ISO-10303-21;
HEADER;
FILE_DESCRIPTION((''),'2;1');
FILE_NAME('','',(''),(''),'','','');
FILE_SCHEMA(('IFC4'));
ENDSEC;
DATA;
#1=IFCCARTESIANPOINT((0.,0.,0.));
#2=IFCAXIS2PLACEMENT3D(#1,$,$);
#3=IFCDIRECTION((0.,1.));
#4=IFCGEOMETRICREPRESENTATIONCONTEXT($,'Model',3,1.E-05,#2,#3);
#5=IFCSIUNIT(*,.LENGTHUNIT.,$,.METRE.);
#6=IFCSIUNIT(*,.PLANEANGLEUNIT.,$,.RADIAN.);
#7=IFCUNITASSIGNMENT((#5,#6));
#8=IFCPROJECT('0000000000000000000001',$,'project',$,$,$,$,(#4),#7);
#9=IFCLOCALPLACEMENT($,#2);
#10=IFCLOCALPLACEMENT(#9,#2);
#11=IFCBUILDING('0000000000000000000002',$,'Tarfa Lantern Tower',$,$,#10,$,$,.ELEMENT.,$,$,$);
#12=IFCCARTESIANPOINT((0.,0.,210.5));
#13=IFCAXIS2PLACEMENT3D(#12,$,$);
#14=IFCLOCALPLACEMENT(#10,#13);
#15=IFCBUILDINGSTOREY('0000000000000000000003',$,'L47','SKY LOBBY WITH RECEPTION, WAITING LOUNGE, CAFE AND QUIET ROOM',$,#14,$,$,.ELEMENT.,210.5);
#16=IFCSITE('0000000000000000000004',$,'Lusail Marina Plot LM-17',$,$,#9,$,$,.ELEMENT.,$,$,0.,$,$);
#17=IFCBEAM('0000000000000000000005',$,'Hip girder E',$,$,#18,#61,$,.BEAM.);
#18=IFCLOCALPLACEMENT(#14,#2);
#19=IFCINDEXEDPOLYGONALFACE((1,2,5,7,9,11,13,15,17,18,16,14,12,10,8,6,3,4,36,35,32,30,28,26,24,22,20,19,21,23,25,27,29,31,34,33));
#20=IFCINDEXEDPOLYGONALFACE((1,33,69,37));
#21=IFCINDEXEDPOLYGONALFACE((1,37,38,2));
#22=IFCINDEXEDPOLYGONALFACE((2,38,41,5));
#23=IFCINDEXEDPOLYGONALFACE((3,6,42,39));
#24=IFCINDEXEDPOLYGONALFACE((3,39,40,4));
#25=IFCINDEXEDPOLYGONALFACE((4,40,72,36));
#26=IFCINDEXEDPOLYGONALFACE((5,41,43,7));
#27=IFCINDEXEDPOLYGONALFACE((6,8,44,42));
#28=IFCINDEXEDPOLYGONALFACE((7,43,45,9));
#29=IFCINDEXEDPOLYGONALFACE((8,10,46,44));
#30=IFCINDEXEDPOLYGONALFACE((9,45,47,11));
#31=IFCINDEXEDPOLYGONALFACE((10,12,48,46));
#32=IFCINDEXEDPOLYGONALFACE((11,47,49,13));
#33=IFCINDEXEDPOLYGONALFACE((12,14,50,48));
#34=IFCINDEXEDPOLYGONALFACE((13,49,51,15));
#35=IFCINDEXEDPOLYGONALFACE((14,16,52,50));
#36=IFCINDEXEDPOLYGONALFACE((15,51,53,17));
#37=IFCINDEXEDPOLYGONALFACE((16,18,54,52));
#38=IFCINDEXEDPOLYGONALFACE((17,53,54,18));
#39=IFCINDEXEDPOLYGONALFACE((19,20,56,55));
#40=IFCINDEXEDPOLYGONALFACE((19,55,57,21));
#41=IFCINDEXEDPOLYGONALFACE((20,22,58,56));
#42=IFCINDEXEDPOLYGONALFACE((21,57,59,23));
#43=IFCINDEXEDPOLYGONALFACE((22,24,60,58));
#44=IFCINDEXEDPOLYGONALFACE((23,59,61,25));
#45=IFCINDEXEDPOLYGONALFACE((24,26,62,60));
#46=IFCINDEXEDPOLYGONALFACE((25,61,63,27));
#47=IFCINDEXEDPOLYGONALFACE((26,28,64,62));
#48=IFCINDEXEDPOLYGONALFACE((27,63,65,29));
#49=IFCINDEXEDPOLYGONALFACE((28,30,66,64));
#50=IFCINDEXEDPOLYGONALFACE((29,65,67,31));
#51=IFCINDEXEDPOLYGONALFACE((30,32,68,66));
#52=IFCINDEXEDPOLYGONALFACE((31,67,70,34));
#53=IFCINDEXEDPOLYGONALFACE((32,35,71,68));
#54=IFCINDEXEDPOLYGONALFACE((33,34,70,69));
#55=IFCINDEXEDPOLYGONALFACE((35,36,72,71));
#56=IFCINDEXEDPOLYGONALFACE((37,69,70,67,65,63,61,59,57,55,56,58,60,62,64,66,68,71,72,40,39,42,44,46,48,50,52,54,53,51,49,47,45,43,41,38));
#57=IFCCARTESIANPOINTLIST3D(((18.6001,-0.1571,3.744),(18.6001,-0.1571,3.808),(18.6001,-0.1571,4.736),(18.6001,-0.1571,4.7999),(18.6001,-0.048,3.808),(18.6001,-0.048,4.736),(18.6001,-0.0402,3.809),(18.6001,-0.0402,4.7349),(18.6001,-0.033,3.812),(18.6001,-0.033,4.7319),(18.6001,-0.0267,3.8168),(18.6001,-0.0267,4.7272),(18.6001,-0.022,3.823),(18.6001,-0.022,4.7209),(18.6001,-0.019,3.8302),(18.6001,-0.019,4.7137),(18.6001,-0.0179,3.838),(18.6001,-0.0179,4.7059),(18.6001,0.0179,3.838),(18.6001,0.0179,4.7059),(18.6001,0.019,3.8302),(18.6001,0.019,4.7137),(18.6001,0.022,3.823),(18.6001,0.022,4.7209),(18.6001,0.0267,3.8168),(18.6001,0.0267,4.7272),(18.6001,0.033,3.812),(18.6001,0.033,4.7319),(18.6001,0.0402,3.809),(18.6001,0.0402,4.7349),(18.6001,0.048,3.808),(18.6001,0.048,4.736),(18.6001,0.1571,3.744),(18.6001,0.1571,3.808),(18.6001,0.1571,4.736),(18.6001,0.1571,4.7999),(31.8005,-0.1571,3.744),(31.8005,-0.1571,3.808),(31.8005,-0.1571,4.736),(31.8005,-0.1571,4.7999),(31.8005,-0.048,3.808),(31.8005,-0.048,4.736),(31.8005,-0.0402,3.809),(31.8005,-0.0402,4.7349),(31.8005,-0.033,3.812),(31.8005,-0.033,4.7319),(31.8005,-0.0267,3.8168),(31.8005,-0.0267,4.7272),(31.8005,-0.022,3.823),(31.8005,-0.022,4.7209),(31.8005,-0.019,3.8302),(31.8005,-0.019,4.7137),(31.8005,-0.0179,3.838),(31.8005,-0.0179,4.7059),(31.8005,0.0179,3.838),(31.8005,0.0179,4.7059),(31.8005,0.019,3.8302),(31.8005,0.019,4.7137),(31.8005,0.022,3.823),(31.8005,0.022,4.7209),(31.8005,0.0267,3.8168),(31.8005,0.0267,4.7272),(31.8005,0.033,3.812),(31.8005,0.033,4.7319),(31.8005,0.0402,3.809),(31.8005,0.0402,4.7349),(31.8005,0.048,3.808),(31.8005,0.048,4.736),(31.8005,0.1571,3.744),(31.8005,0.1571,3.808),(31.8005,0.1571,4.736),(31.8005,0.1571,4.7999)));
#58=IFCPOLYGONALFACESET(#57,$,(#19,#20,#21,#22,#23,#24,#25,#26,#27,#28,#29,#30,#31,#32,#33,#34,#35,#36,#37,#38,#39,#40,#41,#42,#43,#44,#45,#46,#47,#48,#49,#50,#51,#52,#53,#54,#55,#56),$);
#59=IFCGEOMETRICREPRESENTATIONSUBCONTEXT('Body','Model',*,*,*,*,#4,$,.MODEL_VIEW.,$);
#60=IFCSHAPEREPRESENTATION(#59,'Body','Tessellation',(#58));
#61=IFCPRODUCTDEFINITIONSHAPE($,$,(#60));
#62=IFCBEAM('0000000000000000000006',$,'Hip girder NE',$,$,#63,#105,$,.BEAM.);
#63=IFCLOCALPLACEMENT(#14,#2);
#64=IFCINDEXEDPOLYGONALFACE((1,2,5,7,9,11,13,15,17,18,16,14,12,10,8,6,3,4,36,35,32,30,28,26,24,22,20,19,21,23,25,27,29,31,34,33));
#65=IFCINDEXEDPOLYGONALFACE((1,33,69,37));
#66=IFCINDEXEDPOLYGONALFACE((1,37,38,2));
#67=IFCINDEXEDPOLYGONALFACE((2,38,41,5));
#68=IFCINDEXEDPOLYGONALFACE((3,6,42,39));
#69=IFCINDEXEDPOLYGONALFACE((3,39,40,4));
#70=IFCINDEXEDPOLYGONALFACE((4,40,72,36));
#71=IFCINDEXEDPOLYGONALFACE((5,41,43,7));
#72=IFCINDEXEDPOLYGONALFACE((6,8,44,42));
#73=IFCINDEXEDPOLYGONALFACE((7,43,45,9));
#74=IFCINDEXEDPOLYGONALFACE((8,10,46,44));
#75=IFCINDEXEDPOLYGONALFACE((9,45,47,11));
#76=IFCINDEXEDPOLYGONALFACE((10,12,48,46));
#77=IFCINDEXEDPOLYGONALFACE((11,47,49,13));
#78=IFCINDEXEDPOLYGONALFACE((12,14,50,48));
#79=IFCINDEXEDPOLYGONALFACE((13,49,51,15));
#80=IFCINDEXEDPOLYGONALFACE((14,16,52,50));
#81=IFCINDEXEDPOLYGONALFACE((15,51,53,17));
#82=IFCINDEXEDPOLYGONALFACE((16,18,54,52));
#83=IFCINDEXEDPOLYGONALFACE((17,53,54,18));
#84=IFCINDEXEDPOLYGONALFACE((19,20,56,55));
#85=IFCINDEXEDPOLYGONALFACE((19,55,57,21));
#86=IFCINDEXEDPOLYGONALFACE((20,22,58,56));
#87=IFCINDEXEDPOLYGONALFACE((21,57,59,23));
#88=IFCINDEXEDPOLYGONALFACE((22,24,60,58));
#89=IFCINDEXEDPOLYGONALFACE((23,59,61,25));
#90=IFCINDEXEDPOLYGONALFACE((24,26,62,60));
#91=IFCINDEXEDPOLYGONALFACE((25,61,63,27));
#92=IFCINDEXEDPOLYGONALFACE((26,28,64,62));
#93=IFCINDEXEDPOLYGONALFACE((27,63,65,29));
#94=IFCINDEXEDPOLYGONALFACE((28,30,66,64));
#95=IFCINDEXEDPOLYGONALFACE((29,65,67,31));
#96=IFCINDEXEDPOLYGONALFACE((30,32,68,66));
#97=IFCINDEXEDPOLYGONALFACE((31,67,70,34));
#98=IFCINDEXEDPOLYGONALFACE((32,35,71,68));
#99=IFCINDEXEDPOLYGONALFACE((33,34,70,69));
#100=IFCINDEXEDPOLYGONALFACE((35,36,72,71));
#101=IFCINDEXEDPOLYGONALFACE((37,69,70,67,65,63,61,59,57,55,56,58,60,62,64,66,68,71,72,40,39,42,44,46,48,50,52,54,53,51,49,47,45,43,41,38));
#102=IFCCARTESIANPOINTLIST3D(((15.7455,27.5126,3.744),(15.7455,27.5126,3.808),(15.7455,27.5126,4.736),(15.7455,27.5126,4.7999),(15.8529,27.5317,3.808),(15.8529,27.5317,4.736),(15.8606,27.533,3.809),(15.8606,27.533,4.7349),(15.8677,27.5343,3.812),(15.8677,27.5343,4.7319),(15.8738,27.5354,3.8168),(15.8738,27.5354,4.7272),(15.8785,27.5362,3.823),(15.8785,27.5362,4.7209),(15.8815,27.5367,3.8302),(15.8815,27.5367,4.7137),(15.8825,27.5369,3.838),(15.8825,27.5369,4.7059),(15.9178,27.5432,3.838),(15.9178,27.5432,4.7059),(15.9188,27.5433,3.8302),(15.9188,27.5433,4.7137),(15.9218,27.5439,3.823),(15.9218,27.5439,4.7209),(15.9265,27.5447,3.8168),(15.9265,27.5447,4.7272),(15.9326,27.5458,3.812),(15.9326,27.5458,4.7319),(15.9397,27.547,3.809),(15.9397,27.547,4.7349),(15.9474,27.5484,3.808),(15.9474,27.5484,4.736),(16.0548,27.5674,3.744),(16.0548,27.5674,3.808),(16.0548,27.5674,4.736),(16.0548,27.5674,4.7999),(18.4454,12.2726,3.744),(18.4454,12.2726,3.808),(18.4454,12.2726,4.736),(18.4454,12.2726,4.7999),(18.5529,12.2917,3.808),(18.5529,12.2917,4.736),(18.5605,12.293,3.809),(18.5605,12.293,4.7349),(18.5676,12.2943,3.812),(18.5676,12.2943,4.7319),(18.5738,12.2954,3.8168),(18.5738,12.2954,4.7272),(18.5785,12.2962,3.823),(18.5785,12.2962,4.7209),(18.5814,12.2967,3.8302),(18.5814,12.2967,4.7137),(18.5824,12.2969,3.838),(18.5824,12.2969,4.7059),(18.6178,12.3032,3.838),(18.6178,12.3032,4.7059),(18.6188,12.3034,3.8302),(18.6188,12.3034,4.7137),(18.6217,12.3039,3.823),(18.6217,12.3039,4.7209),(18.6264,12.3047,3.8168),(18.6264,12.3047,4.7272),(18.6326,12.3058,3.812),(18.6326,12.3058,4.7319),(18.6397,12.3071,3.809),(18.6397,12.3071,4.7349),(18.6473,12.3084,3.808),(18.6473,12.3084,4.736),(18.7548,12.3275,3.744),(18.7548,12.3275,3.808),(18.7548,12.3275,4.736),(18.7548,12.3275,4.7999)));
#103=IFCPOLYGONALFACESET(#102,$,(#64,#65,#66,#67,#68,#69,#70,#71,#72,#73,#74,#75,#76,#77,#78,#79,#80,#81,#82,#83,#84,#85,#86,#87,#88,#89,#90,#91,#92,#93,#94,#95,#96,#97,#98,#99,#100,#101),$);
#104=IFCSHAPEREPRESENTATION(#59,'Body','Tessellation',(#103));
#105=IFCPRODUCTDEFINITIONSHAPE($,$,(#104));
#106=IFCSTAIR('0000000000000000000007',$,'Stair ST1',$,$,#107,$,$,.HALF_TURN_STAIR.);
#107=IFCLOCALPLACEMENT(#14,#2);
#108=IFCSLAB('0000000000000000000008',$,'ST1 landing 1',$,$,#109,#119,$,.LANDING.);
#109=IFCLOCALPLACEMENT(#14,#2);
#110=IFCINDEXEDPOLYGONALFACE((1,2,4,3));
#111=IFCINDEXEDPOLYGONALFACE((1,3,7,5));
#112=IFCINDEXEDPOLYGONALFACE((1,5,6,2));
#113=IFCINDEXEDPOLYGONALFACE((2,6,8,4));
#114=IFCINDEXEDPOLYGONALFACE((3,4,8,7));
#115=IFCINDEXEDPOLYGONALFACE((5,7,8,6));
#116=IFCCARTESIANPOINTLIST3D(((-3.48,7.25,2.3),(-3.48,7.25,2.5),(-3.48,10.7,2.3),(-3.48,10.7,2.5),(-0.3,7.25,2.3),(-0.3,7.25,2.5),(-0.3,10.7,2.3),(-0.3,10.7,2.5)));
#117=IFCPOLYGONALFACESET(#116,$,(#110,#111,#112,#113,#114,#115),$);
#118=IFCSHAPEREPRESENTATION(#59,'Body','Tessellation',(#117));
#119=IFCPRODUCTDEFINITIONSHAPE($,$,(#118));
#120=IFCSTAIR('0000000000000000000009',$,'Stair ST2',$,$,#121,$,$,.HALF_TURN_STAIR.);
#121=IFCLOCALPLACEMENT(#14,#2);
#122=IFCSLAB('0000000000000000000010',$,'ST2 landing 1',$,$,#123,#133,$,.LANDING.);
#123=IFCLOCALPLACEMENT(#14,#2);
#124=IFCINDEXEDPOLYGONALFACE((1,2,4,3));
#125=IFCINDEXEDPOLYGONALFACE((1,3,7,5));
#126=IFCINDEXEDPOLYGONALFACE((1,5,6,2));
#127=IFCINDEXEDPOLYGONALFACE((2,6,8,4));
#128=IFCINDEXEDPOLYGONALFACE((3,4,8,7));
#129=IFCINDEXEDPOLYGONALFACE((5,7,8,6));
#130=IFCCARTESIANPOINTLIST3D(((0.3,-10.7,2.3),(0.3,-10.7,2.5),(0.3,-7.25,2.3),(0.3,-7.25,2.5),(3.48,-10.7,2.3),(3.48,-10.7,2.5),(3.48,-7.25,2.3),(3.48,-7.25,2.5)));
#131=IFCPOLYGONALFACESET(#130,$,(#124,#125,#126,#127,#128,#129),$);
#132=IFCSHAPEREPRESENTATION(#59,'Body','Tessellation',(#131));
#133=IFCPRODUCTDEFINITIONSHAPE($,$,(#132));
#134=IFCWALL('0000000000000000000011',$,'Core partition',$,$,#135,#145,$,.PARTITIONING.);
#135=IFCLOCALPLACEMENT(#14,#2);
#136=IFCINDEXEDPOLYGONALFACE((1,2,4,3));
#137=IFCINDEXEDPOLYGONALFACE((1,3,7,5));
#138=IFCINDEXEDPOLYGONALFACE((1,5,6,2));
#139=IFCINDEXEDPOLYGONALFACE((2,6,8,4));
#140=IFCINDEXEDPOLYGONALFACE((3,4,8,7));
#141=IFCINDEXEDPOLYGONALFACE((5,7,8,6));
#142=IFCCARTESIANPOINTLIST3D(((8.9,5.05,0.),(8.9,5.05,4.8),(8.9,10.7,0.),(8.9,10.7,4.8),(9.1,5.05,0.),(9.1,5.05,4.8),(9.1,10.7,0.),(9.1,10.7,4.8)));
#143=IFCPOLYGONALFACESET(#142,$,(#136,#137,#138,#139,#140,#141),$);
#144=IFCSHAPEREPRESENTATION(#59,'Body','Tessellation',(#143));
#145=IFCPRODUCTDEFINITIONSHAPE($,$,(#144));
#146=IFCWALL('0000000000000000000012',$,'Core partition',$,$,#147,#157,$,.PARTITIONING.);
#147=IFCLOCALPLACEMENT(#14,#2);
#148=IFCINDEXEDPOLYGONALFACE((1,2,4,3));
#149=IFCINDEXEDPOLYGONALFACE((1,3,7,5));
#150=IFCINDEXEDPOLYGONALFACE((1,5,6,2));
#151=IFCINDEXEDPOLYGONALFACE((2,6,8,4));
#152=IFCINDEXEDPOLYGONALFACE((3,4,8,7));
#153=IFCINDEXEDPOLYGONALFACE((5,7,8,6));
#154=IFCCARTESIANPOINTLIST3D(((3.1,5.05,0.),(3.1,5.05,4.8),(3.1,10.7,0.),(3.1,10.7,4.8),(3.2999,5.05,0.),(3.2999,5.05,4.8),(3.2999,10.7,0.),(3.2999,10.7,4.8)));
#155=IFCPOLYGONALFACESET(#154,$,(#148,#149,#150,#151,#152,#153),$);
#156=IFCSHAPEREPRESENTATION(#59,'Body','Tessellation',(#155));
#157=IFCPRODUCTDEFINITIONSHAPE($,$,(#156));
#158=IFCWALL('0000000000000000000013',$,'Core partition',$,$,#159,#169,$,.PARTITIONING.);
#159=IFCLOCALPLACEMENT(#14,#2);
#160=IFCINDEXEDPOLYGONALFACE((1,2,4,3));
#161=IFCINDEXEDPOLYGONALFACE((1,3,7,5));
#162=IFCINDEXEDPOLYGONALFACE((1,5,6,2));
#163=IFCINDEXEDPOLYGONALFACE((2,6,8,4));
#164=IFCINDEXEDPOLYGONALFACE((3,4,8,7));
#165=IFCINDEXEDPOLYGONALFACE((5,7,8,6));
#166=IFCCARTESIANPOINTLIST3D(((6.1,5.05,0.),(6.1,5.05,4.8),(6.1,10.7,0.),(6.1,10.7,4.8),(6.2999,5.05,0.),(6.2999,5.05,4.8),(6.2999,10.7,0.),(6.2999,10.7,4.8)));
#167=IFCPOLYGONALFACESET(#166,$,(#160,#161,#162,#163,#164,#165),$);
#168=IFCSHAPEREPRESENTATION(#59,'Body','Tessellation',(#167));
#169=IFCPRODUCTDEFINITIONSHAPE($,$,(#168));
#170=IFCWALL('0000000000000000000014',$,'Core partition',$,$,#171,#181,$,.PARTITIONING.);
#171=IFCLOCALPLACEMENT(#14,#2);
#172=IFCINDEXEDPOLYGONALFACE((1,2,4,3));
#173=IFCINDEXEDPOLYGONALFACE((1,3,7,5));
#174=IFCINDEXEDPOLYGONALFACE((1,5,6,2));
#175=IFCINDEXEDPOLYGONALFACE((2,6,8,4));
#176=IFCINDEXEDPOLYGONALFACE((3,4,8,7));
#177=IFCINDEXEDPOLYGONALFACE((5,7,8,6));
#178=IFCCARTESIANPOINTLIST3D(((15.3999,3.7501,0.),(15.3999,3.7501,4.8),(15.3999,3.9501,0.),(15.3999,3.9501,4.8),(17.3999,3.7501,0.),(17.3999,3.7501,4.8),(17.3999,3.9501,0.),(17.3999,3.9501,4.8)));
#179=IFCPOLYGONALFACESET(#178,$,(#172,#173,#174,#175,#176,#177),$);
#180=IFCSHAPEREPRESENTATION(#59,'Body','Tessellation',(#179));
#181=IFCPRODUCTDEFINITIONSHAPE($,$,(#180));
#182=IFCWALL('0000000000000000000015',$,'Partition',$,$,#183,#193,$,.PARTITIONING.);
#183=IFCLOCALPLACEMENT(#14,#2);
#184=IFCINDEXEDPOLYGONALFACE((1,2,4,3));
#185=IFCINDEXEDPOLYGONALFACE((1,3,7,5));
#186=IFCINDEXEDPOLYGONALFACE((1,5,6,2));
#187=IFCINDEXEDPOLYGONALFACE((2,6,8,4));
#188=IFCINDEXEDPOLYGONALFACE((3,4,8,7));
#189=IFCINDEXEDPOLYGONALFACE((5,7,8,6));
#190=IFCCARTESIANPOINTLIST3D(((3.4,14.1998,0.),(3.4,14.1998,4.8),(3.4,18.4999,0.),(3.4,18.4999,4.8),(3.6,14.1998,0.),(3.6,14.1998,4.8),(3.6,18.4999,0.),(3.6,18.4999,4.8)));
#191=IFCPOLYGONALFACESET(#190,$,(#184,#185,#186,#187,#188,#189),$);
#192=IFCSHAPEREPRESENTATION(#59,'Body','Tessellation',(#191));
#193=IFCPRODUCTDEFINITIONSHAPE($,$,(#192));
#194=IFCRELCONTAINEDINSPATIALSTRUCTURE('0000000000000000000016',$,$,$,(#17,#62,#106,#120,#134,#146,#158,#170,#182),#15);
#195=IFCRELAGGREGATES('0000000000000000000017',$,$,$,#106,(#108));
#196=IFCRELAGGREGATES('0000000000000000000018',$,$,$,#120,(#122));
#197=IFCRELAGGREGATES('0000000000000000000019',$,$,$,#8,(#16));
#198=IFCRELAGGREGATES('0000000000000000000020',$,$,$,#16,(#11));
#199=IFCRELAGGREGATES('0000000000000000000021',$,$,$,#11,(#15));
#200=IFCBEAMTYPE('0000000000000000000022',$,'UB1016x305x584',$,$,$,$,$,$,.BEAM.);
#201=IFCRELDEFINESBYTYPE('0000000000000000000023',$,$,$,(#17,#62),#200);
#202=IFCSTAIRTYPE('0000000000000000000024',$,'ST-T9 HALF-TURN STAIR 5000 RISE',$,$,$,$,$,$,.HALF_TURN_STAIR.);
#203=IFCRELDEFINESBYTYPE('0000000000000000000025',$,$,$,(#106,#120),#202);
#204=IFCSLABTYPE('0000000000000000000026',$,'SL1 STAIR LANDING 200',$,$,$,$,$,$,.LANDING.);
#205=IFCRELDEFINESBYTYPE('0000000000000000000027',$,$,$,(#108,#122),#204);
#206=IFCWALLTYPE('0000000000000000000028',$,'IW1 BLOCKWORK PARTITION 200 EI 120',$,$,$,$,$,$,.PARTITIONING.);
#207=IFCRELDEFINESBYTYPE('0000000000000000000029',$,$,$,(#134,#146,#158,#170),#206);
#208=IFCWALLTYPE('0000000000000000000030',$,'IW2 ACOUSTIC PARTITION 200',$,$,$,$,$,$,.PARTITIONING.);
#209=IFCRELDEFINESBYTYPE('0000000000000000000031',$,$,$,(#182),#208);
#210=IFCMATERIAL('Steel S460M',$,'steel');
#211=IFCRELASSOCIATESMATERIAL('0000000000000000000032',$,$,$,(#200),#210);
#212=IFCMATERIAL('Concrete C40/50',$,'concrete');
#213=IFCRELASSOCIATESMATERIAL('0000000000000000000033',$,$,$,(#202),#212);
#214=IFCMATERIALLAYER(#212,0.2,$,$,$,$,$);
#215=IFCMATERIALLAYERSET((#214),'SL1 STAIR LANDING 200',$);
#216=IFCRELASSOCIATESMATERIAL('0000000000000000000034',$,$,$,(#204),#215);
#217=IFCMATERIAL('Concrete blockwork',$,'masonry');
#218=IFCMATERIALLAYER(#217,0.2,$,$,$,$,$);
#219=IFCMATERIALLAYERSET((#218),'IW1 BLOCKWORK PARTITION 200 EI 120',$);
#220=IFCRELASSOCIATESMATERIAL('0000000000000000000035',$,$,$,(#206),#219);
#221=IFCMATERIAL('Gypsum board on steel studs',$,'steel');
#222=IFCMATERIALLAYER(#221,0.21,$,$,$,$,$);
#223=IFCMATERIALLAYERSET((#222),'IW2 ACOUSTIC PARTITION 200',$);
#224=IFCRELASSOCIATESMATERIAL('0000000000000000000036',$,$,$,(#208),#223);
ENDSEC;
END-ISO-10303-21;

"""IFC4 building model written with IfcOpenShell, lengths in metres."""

from ifc_helpers import new_model, si_unit, direction, frame, frame_2d, origin, origin_2d, place, context, subcontext, project, spatial, polyline, rectangle, i_section, outline, extrude, material, layer, layer_set, material_profile, profile_set, type_object, element, aggregate, save


model = new_model("IFC4")

# Units and contexts
model_context = context("Model", 3, precision=1e-05, world=origin(), true_north=direction((0.0, 1.0)))
body_context = subcontext(model_context, "Body", "Model", "MODEL_VIEW")
ifc_project = project(units=[si_unit("LENGTHUNIT", "METRE"), si_unit("PLANEANGLEUNIT", "RADIAN")], contexts=[model_context])

# Site, building, storey
site_placement = place(None, origin())
site = spatial("IfcSite", under=ifc_project, at=site_placement, Name="Lusail Marina Plot LM-17", CompositionType="ELEMENT", RefElevation=0.0)
building_placement = place(site_placement, origin())
building = spatial("IfcBuilding", under=site, at=building_placement, Name="Tarfa Lantern Tower", CompositionType="ELEMENT")
storey_placement = place(building_placement, frame((0.0, 0.0, 210.5)))
storey = spatial("IfcBuildingStorey", under=building, at=storey_placement, Name="L47", Description="SKY LOBBY WITH RECEPTION, WAITING LOUNGE, CAFE AND QUIET ROOM", CompositionType="ELEMENT", Elevation=210.5)

# Beams
ifc_material_1 = material(Name="Steel S460M", Category="steel")
ifc_material_profile = material_profile(ifc_material_1, i_section(OverallWidth=0.3142, OverallDepth=1.0559, WebThickness=0.0359, FlangeThickness=0.064, FilletRadius=0.03, at=origin_2d()), Name="UB1016x305x584")
ifc_profile_set = profile_set([ifc_material_profile], Name="Steel S460M")
beam_type = type_object("IfcBeamType", Name="UB1016x305x584", PredefinedType="BEAM", material=ifc_profile_set)
beam_1_placement = place(storey_placement, frame((18.6001, 0.0, 4.272), z_axis=(1.0, 0.0, 0.0), x_axis=(0.0, 1.0, 0.0)))
element("IfcBeam", 1, at=beam_1_placement, inside=storey, type_object=beam_type, Name="Hip girder E", PredefinedType="BEAM", context=body_context, shape_type="SweptSolid", body=[
    extrude(i_section(OverallWidth=0.3142, OverallDepth=1.0559, WebThickness=0.0359, FlangeThickness=0.064, FilletRadius=0.03, at=origin_2d()), origin(), (0.0, 0.0, 1.0), 13.2004),
])
beam_2_placement = place(storey_placement, frame((18.6001, 12.3, 4.272), z_axis=(-0.174446, 0.984667, 0.0), x_axis=(-0.984667, -0.174446, 0.0)))
element("IfcBeam", 2, at=beam_2_placement, inside=storey, type_object=beam_type, Name="Hip girder NE", PredefinedType="BEAM", context=body_context, shape_type="SweptSolid", body=[
    extrude(i_section(OverallWidth=0.3142, OverallDepth=1.0559, WebThickness=0.0359, FlangeThickness=0.064, FilletRadius=0.03, at=origin_2d()), origin(), (0.0, 0.0, 1.0), 15.4773),
])

# Stairs, slabs
ifc_material_2 = material(Name="Concrete C40/50", Category="concrete")
stair_type = type_object("IfcStairType", Name="ST-T9 HALF-TURN STAIR 5000 RISE", PredefinedType="HALF_TURN_STAIR", material=ifc_material_2)
stair_1_placement = place(storey_placement, origin())
stair_1 = element("IfcStair", 3, at=stair_1_placement, inside=storey, type_object=stair_type, Name="Stair ST1", PredefinedType="HALF_TURN_STAIR")
ifc_layer_1 = layer(ifc_material_2, 0.2)
ifc_layer_set_1 = layer_set([ifc_layer_1], Name="SL1 STAIR LANDING 200")
slab_type = type_object("IfcSlabType", Name="SL1 STAIR LANDING 200", PredefinedType="LANDING", material=ifc_layer_set_1)
slab_1_placement = place(storey_placement, frame((0.0, 0.0, 2.3)))
slab_1 = element("IfcSlab", 4, at=slab_1_placement, type_object=slab_type, Name="ST1 landing 1", PredefinedType="LANDING", context=body_context, shape_type="SweptSolid", body=[
    extrude(outline(polyline([(-3.48, 7.25), (-0.3, 7.25), (-0.3, 10.7), (-3.48, 10.7), (-3.48, 7.25)])), origin(), (0.0, 0.0, 1.0), 0.2),
])
aggregate(stair_1, [slab_1])
stair_2_placement = place(storey_placement, origin())
stair_2 = element("IfcStair", 5, at=stair_2_placement, inside=storey, type_object=stair_type, Name="Stair ST2", PredefinedType="HALF_TURN_STAIR")
slab_2_placement = place(storey_placement, frame((0.0, 0.0, 2.3)))
slab_2 = element("IfcSlab", 6, at=slab_2_placement, type_object=slab_type, Name="ST2 landing 1", PredefinedType="LANDING", context=body_context, shape_type="SweptSolid", body=[
    extrude(outline(polyline([(3.48, -7.25), (0.3, -7.25), (0.3, -10.7), (3.48, -10.7), (3.48, -7.25)])), origin(), (0.0, 0.0, 1.0), 0.2),
])
aggregate(stair_2, [slab_2])

# Walls
ifc_material_3 = material(Name="Concrete blockwork", Category="masonry")
ifc_layer_2 = layer(ifc_material_3, 0.2)
ifc_layer_set_2 = layer_set([ifc_layer_2], Name="IW1 BLOCKWORK PARTITION 200 EI 120")
wall_type_1 = type_object("IfcWallType", Name="IW1 BLOCKWORK PARTITION 200 EI 120", PredefinedType="PARTITIONING", material=ifc_layer_set_2)
for number, where, z_axis, x_axis, name in (
    (7, (9.0, 5.05, 0.0), (0.0, 0.0, 1.0), (0.0, 1.0, 0.0), "Core partition"),
    (8, (3.2, 5.05, 0.0), (0.0, 0.0, 1.0), (0.0, 1.0, 0.0), "Core partition"),
    (9, (6.2, 5.05, 0.0), (0.0, 0.0, 1.0), (0.0, 1.0, 0.0), "Core partition"),
):
    element("IfcWall", number, at=place(storey_placement, frame(where, z_axis=z_axis, x_axis=x_axis)), inside=storey, type_object=wall_type_1, Name=name, PredefinedType="PARTITIONING", context=body_context, shape_type="SweptSolid", body=[
        extrude(rectangle(XDim=5.6499, YDim=0.2, at=frame_2d((2.825, 0.0))), origin(), (0.0, 0.0, 1.0), 4.8),
    ])
wall_1_placement = place(storey_placement, frame((15.3999, 3.8501, 0.0), z_axis=(0.0, 0.0, 1.0), x_axis=(1.0, 0.0, 0.0)))
element("IfcWall", 10, at=wall_1_placement, inside=storey, type_object=wall_type_1, Name="Core partition", PredefinedType="PARTITIONING", context=body_context, shape_type="SweptSolid", body=[
    extrude(rectangle(XDim=2.0, YDim=0.2, at=frame_2d((1.0, 0.0))), origin(), (0.0, 0.0, 1.0), 4.8),
])
ifc_material_4 = material(Name="Gypsum board on steel studs", Category="steel")
ifc_layer_3 = layer(ifc_material_4, 0.21)
ifc_layer_set_3 = layer_set([ifc_layer_3], Name="IW2 ACOUSTIC PARTITION 200")
wall_type_2 = type_object("IfcWallType", Name="IW2 ACOUSTIC PARTITION 200", PredefinedType="PARTITIONING", material=ifc_layer_set_3)
wall_2_placement = place(storey_placement, frame((3.5, 14.2, 0.0), z_axis=(0.0, 0.0, 1.0), x_axis=(0.0, 1.0, 0.0)))
element("IfcWall", 11, at=wall_2_placement, inside=storey, type_object=wall_type_2, Name="Partition", PredefinedType="PARTITIONING", context=body_context, shape_type="SweptSolid", body=[
    extrude(rectangle(XDim=4.3, YDim=0.2, at=frame_2d((2.1499, 0.0))), origin(), (0.0, 0.0, 1.0), 4.8),
])

save(model, "model.ifc")
